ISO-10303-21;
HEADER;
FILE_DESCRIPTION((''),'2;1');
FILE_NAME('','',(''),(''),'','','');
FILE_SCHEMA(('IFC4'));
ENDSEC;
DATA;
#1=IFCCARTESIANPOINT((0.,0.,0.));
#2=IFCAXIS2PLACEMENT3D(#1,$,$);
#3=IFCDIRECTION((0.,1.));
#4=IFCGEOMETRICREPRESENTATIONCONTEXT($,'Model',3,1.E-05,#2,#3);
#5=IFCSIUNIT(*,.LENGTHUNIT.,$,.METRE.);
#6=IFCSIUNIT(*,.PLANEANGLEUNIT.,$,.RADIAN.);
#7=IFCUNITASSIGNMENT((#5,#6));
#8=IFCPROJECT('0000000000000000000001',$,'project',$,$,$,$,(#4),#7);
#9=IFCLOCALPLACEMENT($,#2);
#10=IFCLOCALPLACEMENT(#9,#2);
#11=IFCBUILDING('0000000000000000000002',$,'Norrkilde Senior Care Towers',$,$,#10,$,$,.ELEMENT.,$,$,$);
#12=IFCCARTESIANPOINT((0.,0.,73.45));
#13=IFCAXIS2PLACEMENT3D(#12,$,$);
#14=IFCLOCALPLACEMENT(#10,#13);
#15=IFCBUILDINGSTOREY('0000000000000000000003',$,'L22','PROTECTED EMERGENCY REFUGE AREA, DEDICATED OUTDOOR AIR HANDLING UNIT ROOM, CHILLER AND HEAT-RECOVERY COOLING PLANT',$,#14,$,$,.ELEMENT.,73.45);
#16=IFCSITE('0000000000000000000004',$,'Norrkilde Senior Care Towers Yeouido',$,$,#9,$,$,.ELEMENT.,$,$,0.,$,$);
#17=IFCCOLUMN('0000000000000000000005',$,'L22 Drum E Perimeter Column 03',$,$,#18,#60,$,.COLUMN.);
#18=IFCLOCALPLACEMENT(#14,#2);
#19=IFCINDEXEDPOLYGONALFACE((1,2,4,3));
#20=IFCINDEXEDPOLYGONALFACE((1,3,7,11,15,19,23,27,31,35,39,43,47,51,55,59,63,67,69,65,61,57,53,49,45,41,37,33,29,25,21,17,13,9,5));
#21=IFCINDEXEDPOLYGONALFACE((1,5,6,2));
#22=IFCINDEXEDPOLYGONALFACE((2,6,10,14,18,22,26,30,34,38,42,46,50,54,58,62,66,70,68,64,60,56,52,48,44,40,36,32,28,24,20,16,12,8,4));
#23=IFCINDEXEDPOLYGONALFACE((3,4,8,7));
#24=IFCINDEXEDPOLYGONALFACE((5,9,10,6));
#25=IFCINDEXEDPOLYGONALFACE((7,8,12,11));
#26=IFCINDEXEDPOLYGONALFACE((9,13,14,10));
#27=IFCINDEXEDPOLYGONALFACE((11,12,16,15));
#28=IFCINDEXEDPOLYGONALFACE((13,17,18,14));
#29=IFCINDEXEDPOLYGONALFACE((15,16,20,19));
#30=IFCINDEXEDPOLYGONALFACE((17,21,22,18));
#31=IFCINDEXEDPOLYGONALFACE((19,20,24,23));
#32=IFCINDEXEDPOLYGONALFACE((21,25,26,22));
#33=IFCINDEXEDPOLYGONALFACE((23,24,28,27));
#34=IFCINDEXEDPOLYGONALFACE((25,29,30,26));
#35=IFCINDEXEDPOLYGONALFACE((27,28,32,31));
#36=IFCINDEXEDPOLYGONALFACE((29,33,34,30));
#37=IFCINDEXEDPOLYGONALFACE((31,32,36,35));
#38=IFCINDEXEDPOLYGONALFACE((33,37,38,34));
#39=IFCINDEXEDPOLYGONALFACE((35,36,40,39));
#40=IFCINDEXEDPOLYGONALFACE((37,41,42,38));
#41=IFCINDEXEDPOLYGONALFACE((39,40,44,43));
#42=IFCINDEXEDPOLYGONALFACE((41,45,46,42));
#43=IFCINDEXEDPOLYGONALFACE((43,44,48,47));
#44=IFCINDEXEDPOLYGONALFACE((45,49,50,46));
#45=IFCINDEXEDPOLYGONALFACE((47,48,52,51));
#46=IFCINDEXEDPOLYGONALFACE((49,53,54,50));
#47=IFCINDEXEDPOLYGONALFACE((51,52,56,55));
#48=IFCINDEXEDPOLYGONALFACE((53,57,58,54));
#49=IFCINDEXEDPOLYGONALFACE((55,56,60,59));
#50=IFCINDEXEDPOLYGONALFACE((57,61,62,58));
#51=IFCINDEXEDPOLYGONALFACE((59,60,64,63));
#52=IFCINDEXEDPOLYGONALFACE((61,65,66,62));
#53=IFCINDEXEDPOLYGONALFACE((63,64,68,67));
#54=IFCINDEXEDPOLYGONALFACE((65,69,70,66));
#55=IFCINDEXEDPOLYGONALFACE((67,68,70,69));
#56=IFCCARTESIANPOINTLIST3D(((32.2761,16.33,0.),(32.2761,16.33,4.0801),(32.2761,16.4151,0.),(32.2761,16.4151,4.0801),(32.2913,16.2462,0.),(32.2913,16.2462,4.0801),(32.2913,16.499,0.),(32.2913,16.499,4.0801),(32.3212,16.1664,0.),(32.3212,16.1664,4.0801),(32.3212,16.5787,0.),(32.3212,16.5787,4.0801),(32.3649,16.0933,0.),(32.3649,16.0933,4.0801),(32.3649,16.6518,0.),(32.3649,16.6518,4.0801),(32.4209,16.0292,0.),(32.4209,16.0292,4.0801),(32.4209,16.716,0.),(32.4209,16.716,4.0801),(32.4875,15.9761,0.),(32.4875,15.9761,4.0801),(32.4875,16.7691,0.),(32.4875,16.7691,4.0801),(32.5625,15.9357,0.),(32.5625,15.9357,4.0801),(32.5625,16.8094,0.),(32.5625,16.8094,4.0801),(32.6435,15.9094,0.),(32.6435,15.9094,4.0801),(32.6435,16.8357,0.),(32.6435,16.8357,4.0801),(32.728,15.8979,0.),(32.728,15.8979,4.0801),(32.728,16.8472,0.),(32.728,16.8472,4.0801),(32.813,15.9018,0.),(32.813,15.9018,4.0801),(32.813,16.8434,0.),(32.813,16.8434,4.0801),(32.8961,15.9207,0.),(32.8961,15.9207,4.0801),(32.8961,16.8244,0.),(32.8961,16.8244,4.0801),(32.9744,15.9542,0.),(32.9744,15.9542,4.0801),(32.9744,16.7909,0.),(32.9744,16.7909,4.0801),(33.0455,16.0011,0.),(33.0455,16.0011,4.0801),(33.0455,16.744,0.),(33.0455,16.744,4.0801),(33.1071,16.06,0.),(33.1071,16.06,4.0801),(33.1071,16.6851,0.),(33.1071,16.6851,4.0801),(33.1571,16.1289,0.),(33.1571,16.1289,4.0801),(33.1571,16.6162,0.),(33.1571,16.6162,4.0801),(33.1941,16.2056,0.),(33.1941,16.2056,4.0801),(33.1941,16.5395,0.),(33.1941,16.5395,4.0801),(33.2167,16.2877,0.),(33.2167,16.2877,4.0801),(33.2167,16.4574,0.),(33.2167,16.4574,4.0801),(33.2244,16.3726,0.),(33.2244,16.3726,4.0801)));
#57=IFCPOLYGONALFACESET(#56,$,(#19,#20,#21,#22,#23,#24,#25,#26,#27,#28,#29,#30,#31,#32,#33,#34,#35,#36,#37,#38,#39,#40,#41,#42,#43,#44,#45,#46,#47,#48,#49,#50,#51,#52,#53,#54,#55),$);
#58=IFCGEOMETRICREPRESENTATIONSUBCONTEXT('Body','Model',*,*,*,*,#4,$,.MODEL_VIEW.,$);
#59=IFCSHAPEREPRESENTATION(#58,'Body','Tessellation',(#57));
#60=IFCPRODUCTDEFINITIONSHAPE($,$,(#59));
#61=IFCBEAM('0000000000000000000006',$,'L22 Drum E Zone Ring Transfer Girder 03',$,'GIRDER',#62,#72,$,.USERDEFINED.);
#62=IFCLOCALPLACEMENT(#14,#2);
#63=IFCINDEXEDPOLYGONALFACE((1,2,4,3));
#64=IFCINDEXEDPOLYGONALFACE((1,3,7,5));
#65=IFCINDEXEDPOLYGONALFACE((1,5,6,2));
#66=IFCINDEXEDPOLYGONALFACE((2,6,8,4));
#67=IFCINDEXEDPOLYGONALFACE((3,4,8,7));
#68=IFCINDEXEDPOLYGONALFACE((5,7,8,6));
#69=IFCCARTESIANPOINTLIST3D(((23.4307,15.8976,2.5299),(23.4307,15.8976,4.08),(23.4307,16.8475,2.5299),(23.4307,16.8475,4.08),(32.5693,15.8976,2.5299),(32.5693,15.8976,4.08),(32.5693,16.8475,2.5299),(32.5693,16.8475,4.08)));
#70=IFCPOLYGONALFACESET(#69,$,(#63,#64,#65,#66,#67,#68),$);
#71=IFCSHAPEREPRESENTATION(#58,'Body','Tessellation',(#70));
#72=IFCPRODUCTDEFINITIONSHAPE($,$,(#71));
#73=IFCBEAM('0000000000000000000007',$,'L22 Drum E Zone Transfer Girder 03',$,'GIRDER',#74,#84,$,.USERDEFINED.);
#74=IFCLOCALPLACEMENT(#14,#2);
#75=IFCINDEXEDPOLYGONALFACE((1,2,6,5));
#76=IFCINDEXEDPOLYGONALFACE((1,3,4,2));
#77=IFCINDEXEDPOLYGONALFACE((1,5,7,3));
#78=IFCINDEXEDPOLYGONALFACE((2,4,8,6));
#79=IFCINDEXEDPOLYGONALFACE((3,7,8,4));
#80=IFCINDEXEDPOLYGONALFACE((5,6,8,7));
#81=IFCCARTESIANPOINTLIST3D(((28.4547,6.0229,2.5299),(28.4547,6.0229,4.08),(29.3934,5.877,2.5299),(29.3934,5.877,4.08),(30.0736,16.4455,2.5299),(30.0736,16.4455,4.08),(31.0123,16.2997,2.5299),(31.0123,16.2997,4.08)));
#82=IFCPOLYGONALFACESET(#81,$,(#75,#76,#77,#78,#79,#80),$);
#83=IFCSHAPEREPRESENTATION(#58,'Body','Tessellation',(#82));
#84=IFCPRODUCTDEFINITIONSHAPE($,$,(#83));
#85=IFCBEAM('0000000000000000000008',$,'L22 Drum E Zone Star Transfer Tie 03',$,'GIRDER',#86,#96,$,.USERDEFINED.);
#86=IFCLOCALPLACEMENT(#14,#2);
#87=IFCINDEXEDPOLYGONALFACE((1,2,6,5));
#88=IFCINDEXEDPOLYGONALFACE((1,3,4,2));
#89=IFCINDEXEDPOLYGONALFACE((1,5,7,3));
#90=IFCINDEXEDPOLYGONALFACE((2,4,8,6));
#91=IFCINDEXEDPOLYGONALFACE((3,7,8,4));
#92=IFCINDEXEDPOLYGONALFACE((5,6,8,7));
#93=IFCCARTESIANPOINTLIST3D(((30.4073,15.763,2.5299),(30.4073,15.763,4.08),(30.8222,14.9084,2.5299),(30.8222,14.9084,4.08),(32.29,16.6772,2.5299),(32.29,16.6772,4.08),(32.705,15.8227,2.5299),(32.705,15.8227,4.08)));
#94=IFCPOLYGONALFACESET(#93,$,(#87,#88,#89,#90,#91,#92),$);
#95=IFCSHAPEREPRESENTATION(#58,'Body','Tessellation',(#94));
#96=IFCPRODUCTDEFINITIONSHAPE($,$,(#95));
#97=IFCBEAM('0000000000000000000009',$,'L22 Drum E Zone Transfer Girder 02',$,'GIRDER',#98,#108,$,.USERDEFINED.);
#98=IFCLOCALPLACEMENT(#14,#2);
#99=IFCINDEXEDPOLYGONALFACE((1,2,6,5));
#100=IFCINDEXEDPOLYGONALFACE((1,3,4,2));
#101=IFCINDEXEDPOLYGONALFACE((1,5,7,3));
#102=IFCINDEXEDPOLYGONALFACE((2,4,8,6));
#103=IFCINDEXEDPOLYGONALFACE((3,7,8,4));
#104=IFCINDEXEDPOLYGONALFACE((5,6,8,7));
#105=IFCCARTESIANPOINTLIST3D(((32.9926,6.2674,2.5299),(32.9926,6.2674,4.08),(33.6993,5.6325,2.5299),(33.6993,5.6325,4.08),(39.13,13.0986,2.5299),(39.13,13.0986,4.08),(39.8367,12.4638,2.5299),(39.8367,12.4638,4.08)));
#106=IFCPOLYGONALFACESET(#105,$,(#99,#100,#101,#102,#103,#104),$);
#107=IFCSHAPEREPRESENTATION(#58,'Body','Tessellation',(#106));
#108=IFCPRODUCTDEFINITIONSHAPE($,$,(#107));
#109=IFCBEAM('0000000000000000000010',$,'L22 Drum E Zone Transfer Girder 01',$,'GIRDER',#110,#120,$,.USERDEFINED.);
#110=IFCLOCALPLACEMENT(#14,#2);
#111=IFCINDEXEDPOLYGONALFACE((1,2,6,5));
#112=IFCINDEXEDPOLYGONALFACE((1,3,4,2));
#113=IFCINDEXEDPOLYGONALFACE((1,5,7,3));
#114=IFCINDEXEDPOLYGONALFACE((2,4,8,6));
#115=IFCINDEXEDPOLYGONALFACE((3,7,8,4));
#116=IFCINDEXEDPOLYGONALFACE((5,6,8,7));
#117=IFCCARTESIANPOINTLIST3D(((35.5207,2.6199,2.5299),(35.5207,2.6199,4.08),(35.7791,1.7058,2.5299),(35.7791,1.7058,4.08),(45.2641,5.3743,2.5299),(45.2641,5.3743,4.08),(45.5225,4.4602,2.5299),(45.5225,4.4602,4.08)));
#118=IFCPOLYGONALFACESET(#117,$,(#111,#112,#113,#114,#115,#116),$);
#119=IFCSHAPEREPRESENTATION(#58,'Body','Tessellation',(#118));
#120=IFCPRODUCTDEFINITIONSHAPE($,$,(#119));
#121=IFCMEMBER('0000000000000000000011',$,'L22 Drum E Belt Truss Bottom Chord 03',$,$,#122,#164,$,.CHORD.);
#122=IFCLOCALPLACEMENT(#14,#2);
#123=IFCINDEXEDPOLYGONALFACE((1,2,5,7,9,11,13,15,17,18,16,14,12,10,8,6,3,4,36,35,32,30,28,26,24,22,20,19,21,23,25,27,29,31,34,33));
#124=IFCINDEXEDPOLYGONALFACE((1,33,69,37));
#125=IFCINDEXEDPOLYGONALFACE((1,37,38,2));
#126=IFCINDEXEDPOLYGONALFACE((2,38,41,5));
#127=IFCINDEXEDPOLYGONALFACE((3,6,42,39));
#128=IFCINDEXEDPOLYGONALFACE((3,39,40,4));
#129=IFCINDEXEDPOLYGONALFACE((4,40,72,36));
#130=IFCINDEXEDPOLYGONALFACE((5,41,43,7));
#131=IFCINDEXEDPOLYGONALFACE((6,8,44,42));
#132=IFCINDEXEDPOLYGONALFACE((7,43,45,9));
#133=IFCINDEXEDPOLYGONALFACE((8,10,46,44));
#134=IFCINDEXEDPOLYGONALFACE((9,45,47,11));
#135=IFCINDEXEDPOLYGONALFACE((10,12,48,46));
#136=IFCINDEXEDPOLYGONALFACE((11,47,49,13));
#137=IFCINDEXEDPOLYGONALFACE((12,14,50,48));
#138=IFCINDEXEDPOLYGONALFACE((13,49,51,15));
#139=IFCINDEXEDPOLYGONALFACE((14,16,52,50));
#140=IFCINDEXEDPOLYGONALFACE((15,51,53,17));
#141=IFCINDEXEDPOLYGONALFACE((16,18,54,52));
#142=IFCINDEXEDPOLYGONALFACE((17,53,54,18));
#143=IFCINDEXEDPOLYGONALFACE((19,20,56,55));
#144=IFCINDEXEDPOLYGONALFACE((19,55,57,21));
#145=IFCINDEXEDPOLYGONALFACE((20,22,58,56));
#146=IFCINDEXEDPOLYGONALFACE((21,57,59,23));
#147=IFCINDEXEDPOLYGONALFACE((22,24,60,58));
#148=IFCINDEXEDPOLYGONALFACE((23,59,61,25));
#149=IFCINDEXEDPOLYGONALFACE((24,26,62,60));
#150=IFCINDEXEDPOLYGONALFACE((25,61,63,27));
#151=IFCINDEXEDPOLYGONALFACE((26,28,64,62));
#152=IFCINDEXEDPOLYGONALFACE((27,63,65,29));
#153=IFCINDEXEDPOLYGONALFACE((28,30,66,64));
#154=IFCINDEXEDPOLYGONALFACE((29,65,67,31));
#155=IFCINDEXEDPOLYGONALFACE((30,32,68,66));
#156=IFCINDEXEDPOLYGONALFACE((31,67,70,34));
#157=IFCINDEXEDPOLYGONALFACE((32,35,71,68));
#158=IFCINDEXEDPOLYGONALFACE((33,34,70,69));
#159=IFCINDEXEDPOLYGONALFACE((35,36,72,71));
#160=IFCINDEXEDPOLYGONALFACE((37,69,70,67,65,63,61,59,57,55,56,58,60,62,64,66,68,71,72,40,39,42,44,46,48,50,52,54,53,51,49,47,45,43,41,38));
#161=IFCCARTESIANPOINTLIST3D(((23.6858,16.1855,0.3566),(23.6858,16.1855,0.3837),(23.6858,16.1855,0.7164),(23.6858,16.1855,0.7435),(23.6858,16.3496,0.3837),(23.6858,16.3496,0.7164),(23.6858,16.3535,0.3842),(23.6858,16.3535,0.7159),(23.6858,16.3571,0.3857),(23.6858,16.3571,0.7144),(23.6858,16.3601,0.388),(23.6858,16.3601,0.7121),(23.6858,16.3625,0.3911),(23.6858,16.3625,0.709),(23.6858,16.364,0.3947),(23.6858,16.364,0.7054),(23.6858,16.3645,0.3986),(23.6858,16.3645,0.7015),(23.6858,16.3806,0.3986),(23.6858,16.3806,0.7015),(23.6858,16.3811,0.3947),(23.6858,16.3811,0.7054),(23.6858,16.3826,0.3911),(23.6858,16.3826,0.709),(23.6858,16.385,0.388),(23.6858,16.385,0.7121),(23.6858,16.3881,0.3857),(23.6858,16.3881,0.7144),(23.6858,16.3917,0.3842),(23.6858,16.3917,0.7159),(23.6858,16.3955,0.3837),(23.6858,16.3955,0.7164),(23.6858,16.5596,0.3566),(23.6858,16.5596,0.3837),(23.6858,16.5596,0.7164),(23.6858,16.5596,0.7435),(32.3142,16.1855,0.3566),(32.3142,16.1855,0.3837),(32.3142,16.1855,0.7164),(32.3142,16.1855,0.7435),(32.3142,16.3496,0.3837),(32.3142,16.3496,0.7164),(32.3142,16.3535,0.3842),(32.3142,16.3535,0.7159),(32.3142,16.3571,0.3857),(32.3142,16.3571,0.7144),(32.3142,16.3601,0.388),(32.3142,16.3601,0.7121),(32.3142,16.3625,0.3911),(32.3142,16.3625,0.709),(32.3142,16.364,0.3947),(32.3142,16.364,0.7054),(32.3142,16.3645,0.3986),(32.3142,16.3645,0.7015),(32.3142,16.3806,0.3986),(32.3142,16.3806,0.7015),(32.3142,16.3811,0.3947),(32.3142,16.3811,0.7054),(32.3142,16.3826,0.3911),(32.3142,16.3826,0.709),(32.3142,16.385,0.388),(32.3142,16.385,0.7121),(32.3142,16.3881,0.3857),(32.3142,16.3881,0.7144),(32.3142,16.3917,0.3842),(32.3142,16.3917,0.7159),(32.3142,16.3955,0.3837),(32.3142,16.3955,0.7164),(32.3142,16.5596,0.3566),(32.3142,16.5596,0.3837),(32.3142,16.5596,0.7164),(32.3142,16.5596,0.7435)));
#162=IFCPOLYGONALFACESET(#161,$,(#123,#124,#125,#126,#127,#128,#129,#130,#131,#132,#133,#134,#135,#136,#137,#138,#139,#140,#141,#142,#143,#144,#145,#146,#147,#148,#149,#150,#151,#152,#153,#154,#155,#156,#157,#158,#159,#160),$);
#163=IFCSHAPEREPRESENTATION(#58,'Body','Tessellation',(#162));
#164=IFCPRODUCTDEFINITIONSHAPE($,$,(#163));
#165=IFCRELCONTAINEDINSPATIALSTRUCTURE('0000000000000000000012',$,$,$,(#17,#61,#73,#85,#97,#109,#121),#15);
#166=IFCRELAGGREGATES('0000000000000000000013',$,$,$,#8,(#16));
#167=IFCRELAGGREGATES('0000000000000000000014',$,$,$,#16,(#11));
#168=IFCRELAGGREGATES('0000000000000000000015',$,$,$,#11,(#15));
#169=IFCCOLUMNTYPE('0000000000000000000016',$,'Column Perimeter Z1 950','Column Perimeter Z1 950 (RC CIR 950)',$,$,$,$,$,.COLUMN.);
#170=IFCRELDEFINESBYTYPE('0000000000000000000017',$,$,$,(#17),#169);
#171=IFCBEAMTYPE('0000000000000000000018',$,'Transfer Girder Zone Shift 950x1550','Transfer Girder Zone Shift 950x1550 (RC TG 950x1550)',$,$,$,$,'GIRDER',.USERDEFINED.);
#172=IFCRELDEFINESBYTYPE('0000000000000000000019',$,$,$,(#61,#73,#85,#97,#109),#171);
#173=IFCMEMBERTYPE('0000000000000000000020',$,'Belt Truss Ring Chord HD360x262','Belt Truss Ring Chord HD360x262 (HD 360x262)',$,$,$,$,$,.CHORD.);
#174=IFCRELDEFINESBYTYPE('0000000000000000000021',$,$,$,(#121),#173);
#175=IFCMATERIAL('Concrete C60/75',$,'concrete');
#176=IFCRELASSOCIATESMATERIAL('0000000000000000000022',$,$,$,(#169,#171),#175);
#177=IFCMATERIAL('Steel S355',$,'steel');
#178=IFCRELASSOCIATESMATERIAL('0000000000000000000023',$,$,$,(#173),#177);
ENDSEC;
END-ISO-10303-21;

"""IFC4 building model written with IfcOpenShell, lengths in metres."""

from ifc_helpers import new_model, si_unit, direction, frame, origin, origin_2d, place, context, subcontext, project, spatial, rectangle, circle, i_section, extrude, source, transform, mapped, material, material_profile, profile_set, type_object, type_shapes, element, save


model = new_model("IFC4")

# Units and contexts
model_context = context("Model", 3, precision=1e-05, world=origin(), true_north=direction((0.0, 1.0)))
body_context = subcontext(model_context, "Body", "Model", "MODEL_VIEW")
ifc_project = project(units=[si_unit("LENGTHUNIT", "METRE"), si_unit("PLANEANGLEUNIT", "RADIAN")], contexts=[model_context])

# Site, building, storey
site_placement = place(None, origin())
site = spatial("IfcSite", under=ifc_project, at=site_placement, Name="Norrkilde Senior Care Towers Yeouido", CompositionType="ELEMENT", RefElevation=0.0)
building_placement = place(site_placement, origin())
building = spatial("IfcBuilding", under=site, at=building_placement, Name="Norrkilde Senior Care Towers", CompositionType="ELEMENT")
storey_placement = place(building_placement, frame((0.0, 0.0, 73.45)))
storey = spatial("IfcBuildingStorey", under=building, at=storey_placement, Name="L22", Description="PROTECTED EMERGENCY REFUGE AREA, DEDICATED OUTDOOR AIR HANDLING UNIT ROOM, CHILLER AND HEAT-RECOVERY COOLING PLANT", CompositionType="ELEMENT", Elevation=73.45)

# Column
ifc_material_1 = material(Name="Concrete C60/75", Category="concrete")
ifc_material_profile_1 = material_profile(ifc_material_1, circle(Radius=0.4751, at=origin_2d()), Name="RC CIR 950")
ifc_profile_set_1 = profile_set([ifc_material_profile_1], Name="Concrete C60/75")
column_type = type_object("IfcColumnType", Name="Column Perimeter Z1 950", Description="Column Perimeter Z1 950 (RC CIR 950)", PredefinedType="COLUMN", material=ifc_profile_set_1)
shared_shape_1 = source(origin(), body_context, "Body", "SweptSolid", [
    extrude(circle(Radius=0.4751, at=origin_2d()), origin(), (0.0, 0.0, 1.0), 4.0801),
])
type_shapes(column_type, [shared_shape_1])
column_placement = place(storey_placement, frame((32.7493, 16.3726, 0.0), z_axis=(0.0, 0.0, 1.0), x_axis=(1.0, 0.0, 0.0)))
element("IfcColumn", 1, at=column_placement, inside=storey, type_object=column_type, Name="L22 Drum E Perimeter Column 03", PredefinedType="COLUMN", context=body_context, shape_type="MappedRepresentation", body=[
    mapped(shared_shape_1, transform((0.0, 0.0, 0.0), x_axis=(1.0, 0.0, 0.0), y_axis=(0.0, 1.0, 0.0), z_axis=(0.0, 0.0, 1.0), scale=1.0)),
])

# Beams
ifc_material_profile_2 = material_profile(ifc_material_1, rectangle(XDim=0.95, YDim=1.55, at=origin_2d()), Name="RC TG 950x1550")
ifc_profile_set_2 = profile_set([ifc_material_profile_2], Name="Concrete C60/75")
beam_type = type_object("IfcBeamType", Name="Transfer Girder Zone Shift 950x1550", Description="Transfer Girder Zone Shift 950x1550 (RC TG 950x1550)", ElementType="GIRDER", PredefinedType="USERDEFINED", material=ifc_profile_set_2)
shared_shape_2 = source(origin(), body_context, "Body", "SweptSolid", [
    extrude(rectangle(XDim=0.95, YDim=1.55, at=origin_2d()), origin(), (0.0, 0.0, 1.0), 9.1387),
])
beam_1_placement = place(storey_placement, frame((32.5693, 16.3726, 3.3049), z_axis=(-1.0, 0.0, 0.0), x_axis=(0.0, -1.0, 0.0)))
element("IfcBeam", 2, at=beam_1_placement, inside=storey, type_object=beam_type, Name="L22 Drum E Zone Ring Transfer Girder 03", ObjectType="GIRDER", PredefinedType="USERDEFINED", context=body_context, shape_type="MappedRepresentation", body=[
    mapped(shared_shape_2, transform((0.0, 0.0, 0.0), x_axis=(1.0, 0.0, 0.0), y_axis=(0.0, 1.0, 0.0), z_axis=(0.0, 0.0, 1.0), scale=1.0)),
])
shared_shape_3 = source(origin(), body_context, "Body", "SweptSolid", [
    extrude(rectangle(XDim=0.95, YDim=1.55, at=origin_2d()), origin(), (0.0, 0.0, 1.0), 10.5476),
])
beam_2_placement = place(storey_placement, frame((28.9241, 5.95, 3.3049), z_axis=(0.153485, 0.988151, 0.0), x_axis=(-0.988151, 0.153485, 0.0)))
element("IfcBeam", 3, at=beam_2_placement, inside=storey, type_object=beam_type, Name="L22 Drum E Zone Transfer Girder 03", ObjectType="GIRDER", PredefinedType="USERDEFINED", context=body_context, shape_type="MappedRepresentation", body=[
    mapped(shared_shape_3, transform((0.0, 0.0, 0.0), x_axis=(1.0, 0.0, 0.0), y_axis=(0.0, 1.0, 0.0), z_axis=(0.0, 0.0, 1.0), scale=1.0)),
])
shared_shape_4 = source(origin(), body_context, "Body", "SweptSolid", [
    extrude(rectangle(XDim=0.95, YDim=1.55, at=origin_2d()), origin(), (0.0, 0.0, 1.0), 2.093),
])
beam_3_placement = place(storey_placement, frame((30.6147, 15.3357, 3.3049), z_axis=(0.899546, 0.436826, 0.0), x_axis=(-0.436826, 0.899546, 0.0)))
element("IfcBeam", 4, at=beam_3_placement, inside=storey, type_object=beam_type, Name="L22 Drum E Zone Star Transfer Tie 03", ObjectType="GIRDER", PredefinedType="USERDEFINED", context=body_context, shape_type="MappedRepresentation", body=[
    mapped(shared_shape_4, transform((0.0, 0.0, 0.0), x_axis=(1.0, 0.0, 0.0), y_axis=(0.0, 1.0, 0.0), z_axis=(0.0, 0.0, 1.0), scale=1.0)),
])
shared_shape_5 = source(origin(), body_context, "Body", "SweptSolid", [
    extrude(rectangle(XDim=0.95, YDim=1.55, at=origin_2d()), origin(), (0.0, 0.0, 1.0), 9.1833),
])
beam_4_placement = place(storey_placement, frame((33.3459, 5.95, 3.3049), z_axis=(0.66832, 0.743874, 0.0), x_axis=(-0.743874, 0.66832, 0.0)))
element("IfcBeam", 5, at=beam_4_placement, inside=storey, type_object=beam_type, Name="L22 Drum E Zone Transfer Girder 02", ObjectType="GIRDER", PredefinedType="USERDEFINED", context=body_context, shape_type="MappedRepresentation", body=[
    mapped(shared_shape_5, transform((0.0, 0.0, 0.0), x_axis=(1.0, 0.0, 0.0), y_axis=(0.0, 1.0, 0.0), z_axis=(0.0, 0.0, 1.0), scale=1.0)),
])
shared_shape_6 = source(origin(), body_context, "Body", "SweptSolid", [
    extrude(rectangle(XDim=0.95, YDim=1.55, at=origin_2d()), origin(), (0.0, 0.0, 1.0), 10.1252),
])
type_shapes(beam_type, [shared_shape_2, shared_shape_3, shared_shape_4, shared_shape_5, shared_shape_6])
beam_5_placement = place(storey_placement, frame((35.6499, 2.1628, 3.3049), z_axis=(0.962288, 0.272032, 0.0), x_axis=(-0.272032, 0.962288, 0.0)))
element("IfcBeam", 6, at=beam_5_placement, inside=storey, type_object=beam_type, Name="L22 Drum E Zone Transfer Girder 01", ObjectType="GIRDER", PredefinedType="USERDEFINED", context=body_context, shape_type="MappedRepresentation", body=[
    mapped(shared_shape_6, transform((0.0, 0.0, 0.0), x_axis=(1.0, 0.0, 0.0), y_axis=(0.0, 1.0, 0.0), z_axis=(0.0, 0.0, 1.0), scale=1.0)),
])

# Member
ifc_material_2 = material(Name="Steel S355", Category="steel")
ifc_material_profile_3 = material_profile(ifc_material_2, i_section(OverallWidth=0.374, OverallDepth=0.387, WebThickness=0.0161, FlangeThickness=0.0271, FilletRadius=0.0149, at=origin_2d()), Name="HD 360x262")
ifc_profile_set_3 = profile_set([ifc_material_profile_3], Name="Steel S355")
member_type_1 = type_object("IfcMemberType", Name="Belt Truss Ring Chord HD360x262", Description="Belt Truss Ring Chord HD360x262 (HD 360x262)", PredefinedType="CHORD", material=ifc_profile_set_3)
shared_shape_7 = source(origin(), body_context, "Body", "SweptSolid", [
    extrude(i_section(OverallWidth=0.374, OverallDepth=0.387, WebThickness=0.0161, FlangeThickness=0.0271, FilletRadius=0.0149, at=origin_2d()), origin(), (0.0, 0.0, 1.0), 8.6284),
])
type_shapes(member_type_1, [shared_shape_7])
member_1_placement = place(storey_placement, frame((32.3142, 16.3726, 0.55), z_axis=(-1.0, 0.0, 0.0), x_axis=(0.0, -1.0, 0.0)))
element("IfcMember", 7, at=member_1_placement, inside=storey, type_object=member_type_1, Name="L22 Drum E Belt Truss Bottom Chord 03", PredefinedType="CHORD", context=body_context, shape_type="MappedRepresentation", body=[
    mapped(shared_shape_7, transform((0.0, 0.0, 0.0), x_axis=(1.0, 0.0, 0.0), y_axis=(0.0, 1.0, 0.0), z_axis=(0.0, 0.0, 1.0), scale=1.0)),
])

save(model, "model.ifc")
